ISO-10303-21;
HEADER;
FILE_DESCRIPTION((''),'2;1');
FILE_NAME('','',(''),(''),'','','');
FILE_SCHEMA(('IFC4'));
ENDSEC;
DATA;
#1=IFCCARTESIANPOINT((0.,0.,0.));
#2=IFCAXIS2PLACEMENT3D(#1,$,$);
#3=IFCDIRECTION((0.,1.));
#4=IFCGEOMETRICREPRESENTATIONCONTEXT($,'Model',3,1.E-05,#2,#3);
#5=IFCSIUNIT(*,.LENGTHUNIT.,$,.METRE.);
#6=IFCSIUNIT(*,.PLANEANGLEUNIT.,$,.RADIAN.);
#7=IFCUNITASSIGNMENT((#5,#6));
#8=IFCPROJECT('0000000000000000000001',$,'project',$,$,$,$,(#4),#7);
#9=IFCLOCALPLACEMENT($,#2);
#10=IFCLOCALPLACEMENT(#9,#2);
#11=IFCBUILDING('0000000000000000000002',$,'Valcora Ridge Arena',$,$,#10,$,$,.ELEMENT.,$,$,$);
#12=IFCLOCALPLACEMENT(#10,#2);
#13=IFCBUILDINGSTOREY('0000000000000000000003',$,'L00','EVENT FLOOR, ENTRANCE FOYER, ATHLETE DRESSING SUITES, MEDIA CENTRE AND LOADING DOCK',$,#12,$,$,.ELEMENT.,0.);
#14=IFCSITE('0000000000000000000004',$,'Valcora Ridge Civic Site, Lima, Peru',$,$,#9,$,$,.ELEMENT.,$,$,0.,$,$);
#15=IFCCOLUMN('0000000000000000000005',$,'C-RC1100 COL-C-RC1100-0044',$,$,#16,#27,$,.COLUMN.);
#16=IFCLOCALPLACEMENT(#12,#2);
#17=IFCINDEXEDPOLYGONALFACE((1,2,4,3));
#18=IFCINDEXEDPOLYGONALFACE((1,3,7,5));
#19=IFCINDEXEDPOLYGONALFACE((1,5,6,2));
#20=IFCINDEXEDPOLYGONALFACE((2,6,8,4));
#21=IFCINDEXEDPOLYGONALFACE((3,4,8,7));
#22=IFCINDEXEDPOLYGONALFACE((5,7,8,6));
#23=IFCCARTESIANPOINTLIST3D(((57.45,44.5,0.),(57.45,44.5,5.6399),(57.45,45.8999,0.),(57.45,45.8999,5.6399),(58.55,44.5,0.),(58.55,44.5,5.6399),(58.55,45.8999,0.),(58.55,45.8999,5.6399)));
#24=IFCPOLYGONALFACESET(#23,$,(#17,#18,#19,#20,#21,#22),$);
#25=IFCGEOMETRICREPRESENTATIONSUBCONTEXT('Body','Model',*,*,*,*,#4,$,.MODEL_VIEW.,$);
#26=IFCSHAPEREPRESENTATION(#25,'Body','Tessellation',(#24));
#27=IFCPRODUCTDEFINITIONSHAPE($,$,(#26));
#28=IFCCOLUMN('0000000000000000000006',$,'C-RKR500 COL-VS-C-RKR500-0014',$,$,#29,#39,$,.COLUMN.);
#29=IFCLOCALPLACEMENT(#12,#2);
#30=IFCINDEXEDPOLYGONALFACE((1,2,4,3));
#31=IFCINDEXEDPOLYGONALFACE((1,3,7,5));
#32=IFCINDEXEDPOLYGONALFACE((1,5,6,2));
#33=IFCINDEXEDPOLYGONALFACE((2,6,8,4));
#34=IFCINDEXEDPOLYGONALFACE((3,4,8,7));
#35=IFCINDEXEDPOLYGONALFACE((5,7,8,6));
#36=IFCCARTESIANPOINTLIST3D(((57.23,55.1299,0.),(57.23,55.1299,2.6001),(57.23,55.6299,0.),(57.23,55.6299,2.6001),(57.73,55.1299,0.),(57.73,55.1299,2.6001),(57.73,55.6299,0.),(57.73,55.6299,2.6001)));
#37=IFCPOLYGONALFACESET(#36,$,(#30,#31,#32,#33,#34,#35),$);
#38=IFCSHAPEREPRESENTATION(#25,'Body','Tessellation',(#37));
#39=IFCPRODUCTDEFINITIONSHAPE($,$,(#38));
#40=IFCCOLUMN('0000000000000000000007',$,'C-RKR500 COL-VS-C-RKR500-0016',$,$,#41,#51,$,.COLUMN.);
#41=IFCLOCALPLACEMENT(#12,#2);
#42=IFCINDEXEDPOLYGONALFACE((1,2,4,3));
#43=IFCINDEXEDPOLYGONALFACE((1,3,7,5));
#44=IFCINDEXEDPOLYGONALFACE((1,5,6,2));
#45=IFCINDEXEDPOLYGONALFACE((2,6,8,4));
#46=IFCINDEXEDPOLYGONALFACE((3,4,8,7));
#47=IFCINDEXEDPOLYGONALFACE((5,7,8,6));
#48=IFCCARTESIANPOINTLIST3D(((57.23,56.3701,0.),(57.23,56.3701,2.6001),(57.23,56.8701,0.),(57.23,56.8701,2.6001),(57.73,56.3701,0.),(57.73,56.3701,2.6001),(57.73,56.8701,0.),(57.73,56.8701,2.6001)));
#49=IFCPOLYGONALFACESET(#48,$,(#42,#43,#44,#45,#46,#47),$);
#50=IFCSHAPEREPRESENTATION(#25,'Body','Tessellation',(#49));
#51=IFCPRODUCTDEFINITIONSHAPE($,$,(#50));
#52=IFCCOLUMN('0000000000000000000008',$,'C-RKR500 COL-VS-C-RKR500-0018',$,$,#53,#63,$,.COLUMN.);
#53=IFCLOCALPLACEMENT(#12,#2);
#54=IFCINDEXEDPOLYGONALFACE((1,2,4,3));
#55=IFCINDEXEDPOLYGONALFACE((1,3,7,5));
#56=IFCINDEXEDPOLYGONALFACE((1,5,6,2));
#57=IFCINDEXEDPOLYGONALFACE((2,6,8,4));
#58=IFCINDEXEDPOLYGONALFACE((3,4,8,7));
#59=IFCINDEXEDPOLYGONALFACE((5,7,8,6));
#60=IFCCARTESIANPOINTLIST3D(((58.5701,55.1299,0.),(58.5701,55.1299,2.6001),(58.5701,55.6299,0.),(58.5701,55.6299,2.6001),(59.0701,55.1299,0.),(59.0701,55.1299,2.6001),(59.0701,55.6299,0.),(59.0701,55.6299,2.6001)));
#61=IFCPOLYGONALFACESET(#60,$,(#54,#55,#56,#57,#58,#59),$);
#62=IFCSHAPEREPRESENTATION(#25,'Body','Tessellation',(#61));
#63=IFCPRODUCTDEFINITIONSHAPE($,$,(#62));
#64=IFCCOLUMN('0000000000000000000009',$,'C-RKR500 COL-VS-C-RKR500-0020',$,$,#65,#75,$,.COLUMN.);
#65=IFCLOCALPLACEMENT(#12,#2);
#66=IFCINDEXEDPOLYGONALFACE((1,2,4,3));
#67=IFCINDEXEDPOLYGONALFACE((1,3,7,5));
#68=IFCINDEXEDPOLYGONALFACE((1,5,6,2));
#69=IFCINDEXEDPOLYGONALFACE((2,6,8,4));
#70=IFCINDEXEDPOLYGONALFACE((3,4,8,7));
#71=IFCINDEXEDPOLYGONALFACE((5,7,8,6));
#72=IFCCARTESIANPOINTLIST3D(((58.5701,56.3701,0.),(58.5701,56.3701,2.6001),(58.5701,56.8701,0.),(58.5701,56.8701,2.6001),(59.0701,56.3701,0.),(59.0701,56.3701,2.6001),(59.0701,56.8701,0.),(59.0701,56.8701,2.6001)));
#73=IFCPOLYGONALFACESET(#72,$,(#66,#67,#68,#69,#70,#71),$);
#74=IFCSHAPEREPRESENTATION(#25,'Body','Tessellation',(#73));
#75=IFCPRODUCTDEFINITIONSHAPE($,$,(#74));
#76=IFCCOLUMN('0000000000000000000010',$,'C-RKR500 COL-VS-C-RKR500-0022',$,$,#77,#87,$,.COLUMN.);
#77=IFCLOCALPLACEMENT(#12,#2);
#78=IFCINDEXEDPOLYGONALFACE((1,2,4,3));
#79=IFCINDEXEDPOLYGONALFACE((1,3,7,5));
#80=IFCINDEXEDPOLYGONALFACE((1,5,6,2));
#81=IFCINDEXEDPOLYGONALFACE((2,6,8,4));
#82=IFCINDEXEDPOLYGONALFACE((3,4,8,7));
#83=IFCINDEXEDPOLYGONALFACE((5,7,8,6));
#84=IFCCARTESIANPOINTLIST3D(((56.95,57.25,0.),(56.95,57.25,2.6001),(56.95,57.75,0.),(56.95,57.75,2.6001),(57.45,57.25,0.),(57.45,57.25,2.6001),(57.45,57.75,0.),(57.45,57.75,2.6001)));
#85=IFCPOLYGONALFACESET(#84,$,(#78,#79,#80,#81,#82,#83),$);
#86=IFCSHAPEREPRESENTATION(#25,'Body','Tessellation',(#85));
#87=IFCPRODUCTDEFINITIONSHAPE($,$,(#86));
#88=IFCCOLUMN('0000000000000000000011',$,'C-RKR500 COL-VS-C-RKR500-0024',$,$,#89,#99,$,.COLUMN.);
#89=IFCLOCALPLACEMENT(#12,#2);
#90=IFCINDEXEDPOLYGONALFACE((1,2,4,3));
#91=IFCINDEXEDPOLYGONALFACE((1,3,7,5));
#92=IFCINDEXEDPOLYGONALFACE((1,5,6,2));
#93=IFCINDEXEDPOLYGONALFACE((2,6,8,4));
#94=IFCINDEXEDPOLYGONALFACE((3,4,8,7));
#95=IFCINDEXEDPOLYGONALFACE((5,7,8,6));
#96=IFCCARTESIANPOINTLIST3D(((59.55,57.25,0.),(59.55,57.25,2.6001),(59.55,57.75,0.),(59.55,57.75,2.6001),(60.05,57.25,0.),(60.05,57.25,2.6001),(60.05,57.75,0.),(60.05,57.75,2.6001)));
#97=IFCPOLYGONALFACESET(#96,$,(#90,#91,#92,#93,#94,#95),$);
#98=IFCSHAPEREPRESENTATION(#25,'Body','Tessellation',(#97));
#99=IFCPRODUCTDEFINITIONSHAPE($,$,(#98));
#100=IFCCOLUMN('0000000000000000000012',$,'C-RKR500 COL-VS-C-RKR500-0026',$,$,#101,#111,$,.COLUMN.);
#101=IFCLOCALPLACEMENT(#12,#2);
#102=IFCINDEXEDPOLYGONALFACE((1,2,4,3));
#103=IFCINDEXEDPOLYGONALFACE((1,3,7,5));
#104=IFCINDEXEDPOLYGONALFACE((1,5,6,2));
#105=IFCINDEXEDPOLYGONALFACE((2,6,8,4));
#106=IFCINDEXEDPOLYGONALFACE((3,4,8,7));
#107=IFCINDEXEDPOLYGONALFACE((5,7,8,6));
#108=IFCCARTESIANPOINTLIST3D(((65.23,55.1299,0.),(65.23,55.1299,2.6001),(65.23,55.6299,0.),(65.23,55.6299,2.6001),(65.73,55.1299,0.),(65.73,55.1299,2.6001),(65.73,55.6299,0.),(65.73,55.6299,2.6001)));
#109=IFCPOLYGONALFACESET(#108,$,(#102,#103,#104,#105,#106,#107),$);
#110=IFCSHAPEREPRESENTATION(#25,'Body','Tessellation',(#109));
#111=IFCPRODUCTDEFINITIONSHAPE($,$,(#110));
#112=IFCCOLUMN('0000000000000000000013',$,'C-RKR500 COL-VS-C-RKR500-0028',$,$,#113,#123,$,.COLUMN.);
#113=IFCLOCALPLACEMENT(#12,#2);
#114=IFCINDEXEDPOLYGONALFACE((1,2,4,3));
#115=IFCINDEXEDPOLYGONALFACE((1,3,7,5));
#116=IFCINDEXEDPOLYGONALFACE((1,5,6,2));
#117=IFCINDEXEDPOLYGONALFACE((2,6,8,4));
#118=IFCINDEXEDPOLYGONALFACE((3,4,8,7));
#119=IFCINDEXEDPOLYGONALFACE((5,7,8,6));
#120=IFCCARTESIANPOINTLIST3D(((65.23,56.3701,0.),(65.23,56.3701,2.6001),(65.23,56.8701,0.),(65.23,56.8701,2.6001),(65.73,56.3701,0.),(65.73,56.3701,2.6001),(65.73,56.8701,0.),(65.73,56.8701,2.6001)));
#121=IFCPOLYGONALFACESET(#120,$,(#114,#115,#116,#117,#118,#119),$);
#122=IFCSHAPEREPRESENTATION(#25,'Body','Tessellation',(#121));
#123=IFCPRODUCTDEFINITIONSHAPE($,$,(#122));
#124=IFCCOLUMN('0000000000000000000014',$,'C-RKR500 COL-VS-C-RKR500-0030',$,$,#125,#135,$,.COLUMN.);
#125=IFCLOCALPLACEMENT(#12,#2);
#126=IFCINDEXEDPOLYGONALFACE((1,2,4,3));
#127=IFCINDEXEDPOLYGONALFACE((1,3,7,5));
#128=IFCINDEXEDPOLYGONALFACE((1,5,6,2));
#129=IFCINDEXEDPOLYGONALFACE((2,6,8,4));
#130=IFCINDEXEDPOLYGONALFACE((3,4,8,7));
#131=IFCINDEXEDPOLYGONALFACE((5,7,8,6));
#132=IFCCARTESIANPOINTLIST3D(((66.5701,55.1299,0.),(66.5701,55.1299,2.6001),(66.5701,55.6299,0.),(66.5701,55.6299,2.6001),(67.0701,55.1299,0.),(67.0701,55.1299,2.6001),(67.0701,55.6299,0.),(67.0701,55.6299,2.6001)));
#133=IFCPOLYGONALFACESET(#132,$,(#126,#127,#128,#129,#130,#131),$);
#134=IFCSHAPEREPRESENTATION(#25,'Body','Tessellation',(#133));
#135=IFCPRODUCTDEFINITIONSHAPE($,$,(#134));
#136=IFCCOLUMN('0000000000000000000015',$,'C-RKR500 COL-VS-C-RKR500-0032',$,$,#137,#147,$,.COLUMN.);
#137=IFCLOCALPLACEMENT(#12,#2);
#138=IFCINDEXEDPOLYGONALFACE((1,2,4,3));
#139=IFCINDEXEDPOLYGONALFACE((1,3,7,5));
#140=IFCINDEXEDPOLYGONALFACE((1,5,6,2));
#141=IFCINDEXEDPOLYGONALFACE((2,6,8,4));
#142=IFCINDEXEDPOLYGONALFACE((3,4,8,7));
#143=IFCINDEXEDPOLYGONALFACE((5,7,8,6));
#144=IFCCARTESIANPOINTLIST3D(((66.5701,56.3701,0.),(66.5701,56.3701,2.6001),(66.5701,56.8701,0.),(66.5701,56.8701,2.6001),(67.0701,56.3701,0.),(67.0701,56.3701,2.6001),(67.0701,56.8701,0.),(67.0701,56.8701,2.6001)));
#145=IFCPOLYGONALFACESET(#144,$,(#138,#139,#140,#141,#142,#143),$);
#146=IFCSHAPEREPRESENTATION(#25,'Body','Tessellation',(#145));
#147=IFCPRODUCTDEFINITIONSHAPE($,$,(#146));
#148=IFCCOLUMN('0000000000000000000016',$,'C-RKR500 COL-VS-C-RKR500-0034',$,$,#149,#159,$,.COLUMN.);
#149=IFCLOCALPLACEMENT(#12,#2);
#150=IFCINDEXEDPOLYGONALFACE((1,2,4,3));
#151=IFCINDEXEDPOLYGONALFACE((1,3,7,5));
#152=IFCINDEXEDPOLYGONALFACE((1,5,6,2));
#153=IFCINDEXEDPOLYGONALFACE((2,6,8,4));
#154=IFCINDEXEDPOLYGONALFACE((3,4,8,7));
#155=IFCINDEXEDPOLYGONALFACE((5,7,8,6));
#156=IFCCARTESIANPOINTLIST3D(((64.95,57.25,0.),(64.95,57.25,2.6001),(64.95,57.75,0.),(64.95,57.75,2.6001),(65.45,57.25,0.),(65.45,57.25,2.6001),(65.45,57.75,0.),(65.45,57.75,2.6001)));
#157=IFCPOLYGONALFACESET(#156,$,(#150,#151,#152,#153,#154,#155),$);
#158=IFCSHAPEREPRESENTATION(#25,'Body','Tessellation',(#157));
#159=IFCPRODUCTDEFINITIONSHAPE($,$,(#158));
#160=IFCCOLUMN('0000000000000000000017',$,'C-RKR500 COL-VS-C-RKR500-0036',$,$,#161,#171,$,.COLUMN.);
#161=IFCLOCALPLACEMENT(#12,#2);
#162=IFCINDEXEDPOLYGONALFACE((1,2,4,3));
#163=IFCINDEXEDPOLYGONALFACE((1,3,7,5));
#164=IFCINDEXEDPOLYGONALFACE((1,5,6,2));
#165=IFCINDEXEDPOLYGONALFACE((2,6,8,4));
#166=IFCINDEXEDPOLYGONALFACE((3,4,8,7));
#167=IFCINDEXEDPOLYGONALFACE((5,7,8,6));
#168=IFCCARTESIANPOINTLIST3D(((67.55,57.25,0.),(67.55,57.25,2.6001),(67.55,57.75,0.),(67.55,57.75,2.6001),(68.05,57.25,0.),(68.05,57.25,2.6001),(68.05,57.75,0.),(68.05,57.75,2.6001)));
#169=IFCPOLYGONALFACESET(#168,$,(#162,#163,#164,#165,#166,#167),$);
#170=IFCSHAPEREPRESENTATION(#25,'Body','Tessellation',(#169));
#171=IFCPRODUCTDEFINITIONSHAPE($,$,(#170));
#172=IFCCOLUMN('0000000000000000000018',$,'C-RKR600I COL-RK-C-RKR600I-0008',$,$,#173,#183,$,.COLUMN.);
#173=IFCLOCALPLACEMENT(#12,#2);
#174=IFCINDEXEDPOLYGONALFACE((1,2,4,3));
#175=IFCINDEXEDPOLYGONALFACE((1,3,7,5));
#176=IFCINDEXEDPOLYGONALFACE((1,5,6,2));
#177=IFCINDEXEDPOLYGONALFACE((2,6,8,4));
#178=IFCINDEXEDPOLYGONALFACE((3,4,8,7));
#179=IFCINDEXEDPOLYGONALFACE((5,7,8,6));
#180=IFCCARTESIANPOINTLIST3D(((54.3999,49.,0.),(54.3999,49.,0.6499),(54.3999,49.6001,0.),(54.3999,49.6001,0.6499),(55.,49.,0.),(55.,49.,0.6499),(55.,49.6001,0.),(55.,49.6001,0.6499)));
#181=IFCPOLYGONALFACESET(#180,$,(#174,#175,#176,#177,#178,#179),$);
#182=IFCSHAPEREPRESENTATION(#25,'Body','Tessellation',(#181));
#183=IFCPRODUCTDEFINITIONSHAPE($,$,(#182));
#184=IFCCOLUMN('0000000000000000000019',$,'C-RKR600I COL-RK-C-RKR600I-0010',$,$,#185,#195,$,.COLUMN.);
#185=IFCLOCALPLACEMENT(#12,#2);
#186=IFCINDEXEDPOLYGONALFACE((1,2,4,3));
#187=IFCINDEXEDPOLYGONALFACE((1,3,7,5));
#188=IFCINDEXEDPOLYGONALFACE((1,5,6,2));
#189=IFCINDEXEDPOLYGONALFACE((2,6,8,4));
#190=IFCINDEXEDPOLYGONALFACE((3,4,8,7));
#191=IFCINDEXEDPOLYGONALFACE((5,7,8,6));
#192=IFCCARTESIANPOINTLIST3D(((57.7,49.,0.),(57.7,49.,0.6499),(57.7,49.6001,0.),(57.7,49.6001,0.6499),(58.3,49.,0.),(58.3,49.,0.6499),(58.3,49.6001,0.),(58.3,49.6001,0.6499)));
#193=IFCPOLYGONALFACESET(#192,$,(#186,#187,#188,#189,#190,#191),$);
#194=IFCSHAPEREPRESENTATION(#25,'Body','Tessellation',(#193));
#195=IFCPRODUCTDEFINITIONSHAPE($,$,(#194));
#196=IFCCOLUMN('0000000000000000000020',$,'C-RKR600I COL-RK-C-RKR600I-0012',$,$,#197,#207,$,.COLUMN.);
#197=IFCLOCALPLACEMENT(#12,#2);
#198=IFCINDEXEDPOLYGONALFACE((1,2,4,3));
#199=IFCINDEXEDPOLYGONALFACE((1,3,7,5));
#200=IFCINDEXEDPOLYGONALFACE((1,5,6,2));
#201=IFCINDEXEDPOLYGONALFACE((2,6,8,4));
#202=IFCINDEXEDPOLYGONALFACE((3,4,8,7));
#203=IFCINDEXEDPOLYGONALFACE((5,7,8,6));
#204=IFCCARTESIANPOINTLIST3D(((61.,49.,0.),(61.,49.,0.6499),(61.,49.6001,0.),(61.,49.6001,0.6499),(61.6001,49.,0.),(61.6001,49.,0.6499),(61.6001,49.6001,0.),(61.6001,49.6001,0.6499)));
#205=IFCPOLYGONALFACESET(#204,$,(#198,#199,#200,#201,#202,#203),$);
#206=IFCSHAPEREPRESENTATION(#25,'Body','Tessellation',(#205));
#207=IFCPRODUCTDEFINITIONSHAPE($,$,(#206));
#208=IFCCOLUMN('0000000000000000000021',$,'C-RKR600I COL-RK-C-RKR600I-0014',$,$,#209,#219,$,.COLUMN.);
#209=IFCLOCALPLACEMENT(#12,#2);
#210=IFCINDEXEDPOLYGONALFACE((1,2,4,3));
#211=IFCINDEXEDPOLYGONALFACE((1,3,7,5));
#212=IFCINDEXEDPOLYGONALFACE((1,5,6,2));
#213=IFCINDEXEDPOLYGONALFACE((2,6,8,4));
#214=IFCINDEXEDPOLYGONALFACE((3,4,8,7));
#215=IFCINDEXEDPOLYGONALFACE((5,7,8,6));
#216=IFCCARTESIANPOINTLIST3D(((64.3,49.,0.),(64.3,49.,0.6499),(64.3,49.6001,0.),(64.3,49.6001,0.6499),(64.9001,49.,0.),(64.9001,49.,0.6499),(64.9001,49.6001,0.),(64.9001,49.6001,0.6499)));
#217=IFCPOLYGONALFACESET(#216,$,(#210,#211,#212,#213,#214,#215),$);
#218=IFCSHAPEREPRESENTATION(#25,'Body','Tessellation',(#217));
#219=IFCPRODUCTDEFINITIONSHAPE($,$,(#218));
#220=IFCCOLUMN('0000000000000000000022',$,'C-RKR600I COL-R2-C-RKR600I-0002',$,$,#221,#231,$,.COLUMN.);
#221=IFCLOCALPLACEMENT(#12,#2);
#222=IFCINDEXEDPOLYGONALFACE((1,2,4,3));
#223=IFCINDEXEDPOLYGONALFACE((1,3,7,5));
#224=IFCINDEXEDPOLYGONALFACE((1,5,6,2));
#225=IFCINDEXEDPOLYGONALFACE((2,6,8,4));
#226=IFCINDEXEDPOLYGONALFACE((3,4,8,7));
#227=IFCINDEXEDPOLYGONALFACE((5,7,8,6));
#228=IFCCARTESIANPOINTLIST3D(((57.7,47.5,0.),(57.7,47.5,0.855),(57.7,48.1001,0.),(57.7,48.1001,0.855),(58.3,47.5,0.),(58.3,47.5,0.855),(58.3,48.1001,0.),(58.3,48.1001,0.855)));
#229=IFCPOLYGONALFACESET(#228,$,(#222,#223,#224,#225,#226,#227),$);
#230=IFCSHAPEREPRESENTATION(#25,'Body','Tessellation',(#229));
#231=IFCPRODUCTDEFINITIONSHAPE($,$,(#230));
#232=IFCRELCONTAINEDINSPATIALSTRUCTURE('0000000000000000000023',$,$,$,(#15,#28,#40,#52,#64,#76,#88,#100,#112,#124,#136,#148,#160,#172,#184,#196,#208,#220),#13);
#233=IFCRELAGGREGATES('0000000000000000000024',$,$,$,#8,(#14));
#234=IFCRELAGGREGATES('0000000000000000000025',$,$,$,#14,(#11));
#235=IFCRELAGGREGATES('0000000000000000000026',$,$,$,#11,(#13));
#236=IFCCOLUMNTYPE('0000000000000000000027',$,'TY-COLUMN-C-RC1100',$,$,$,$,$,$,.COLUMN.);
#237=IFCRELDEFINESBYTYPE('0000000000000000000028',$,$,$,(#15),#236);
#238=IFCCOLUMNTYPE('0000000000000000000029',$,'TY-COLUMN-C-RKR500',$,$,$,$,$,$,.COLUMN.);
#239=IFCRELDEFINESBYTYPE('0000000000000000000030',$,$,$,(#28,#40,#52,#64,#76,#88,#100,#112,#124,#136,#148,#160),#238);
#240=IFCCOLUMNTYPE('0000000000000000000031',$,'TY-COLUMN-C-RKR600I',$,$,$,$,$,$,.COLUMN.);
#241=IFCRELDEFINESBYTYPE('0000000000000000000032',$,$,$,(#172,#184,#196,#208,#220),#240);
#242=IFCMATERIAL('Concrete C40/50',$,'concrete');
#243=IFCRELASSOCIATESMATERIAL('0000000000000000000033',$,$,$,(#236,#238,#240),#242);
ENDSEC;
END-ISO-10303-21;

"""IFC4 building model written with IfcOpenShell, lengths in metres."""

from ifc_helpers import new_model, si_unit, direction, frame, origin, origin_2d, place, context, subcontext, project, spatial, rectangle, extrude, material, material_profile, profile_set, type_object, element, save


model = new_model("IFC4")

# Units and contexts
model_context = context("Model", 3, precision=1e-05, world=origin(), true_north=direction((0.0, 1.0)))
body_context = subcontext(model_context, "Body", "Model", "MODEL_VIEW")
ifc_project = project(units=[si_unit("LENGTHUNIT", "METRE"), si_unit("PLANEANGLEUNIT", "RADIAN")], contexts=[model_context])

# Site, building, storey
site_placement = place(None, origin())
site = spatial("IfcSite", under=ifc_project, at=site_placement, Name="Valcora Ridge Civic Site, Lima, Peru", CompositionType="ELEMENT", RefElevation=0.0)
building_placement = place(site_placement, origin())
building = spatial("IfcBuilding", under=site, at=building_placement, Name="Valcora Ridge Arena", CompositionType="ELEMENT")
storey_placement = place(building_placement, origin())
storey = spatial("IfcBuildingStorey", under=building, at=storey_placement, Name="L00", Description="EVENT FLOOR, ENTRANCE FOYER, ATHLETE DRESSING SUITES, MEDIA CENTRE AND LOADING DOCK", CompositionType="ELEMENT", Elevation=0.0)

# Columns
ifc_material_1 = material(Name="Concrete C40/50", Category="concrete")
ifc_material_profile_1 = material_profile(ifc_material_1, rectangle(XDim=1.1001, YDim=1.3999, at=origin_2d()), Name="RC 1100x1400")
ifc_profile_set_1 = profile_set([ifc_material_profile_1], Name="Concrete C40/50")
column_type_1 = type_object("IfcColumnType", Name="TY-COLUMN-C-RC1100", PredefinedType="COLUMN", material=ifc_profile_set_1)
column_1_placement = place(storey_placement, frame((58.0, 45.2, 0.0), z_axis=(0.0, 0.0, 1.0), x_axis=(1.0, 0.0, 0.0)))
element("IfcColumn", 1, at=column_1_placement, inside=storey, type_object=column_type_1, Name="C-RC1100 COL-C-RC1100-0044", PredefinedType="COLUMN", context=body_context, shape_type="SweptSolid", body=[
    extrude(rectangle(XDim=1.1001, YDim=1.3999, at=origin_2d()), origin(), (0.0, 0.0, 1.0), 5.6399),
])
ifc_material_profile_2 = material_profile(ifc_material_1, rectangle(XDim=0.5, YDim=0.5, at=origin_2d()), Name="RC 500x500")
ifc_profile_set_2 = profile_set([ifc_material_profile_2], Name="Concrete C40/50")
column_type_2 = type_object("IfcColumnType", Name="TY-COLUMN-C-RKR500", PredefinedType="COLUMN", material=ifc_profile_set_2)
for number, where, z_axis, x_axis, name in (
    (2, (57.48, 55.3799, 0.0), (0.0, 0.0, 1.0), (1.0, 0.0, 0.0), "C-RKR500 COL-VS-C-RKR500-0014"),
    (3, (57.48, 56.6201, 0.0), (0.0, 0.0, 1.0), (1.0, 0.0, 0.0), "C-RKR500 COL-VS-C-RKR500-0016"),
    (4, (58.8201, 55.3799, 0.0), (0.0, 0.0, 1.0), (1.0, 0.0, 0.0), "C-RKR500 COL-VS-C-RKR500-0018"),
    (5, (58.8201, 56.6201, 0.0), (0.0, 0.0, 1.0), (1.0, 0.0, 0.0), "C-RKR500 COL-VS-C-RKR500-0020"),
    (6, (57.2, 57.5, 0.0), (0.0, 0.0, 1.0), (1.0, 0.0, 0.0), "C-RKR500 COL-VS-C-RKR500-0022"),
    (7, (59.8, 57.5, 0.0), (0.0, 0.0, 1.0), (1.0, 0.0, 0.0), "C-RKR500 COL-VS-C-RKR500-0024"),
    (8, (65.48, 55.3799, 0.0), (0.0, 0.0, 1.0), (1.0, 0.0, 0.0), "C-RKR500 COL-VS-C-RKR500-0026"),
    (9, (65.48, 56.6201, 0.0), (0.0, 0.0, 1.0), (1.0, 0.0, 0.0), "C-RKR500 COL-VS-C-RKR500-0028"),
    (10, (66.8201, 55.3799, 0.0), (0.0, 0.0, 1.0), (1.0, 0.0, 0.0), "C-RKR500 COL-VS-C-RKR500-0030"),
    (11, (66.8201, 56.6201, 0.0), (0.0, 0.0, 1.0), (1.0, 0.0, 0.0), "C-RKR500 COL-VS-C-RKR500-0032"),
    (12, (65.2, 57.5, 0.0), (0.0, 0.0, 1.0), (1.0, 0.0, 0.0), "C-RKR500 COL-VS-C-RKR500-0034"),
    (13, (67.8, 57.5, 0.0), (0.0, 0.0, 1.0), (1.0, 0.0, 0.0), "C-RKR500 COL-VS-C-RKR500-0036"),
):
    element("IfcColumn", number, at=place(storey_placement, frame(where, z_axis=z_axis, x_axis=x_axis)), inside=storey, type_object=column_type_2, Name=name, PredefinedType="COLUMN", context=body_context, shape_type="SweptSolid", body=[
        extrude(rectangle(XDim=0.5, YDim=0.5, at=origin_2d()), origin(), (0.0, 0.0, 1.0), 2.6001),
    ])
ifc_material_profile_3 = material_profile(ifc_material_1, rectangle(XDim=0.6001, YDim=0.6001, at=origin_2d()), Name="RC 600x600")
ifc_profile_set_3 = profile_set([ifc_material_profile_3], Name="Concrete C40/50")
column_type_3 = type_object("IfcColumnType", Name="TY-COLUMN-C-RKR600I", PredefinedType="COLUMN", material=ifc_profile_set_3)
for number, where, z_axis, x_axis, name in (
    (14, (54.7, 49.3, 0.0), (0.0, 0.0, 1.0), (1.0, 0.0, 0.0), "C-RKR600I COL-RK-C-RKR600I-0008"),
    (15, (58.0, 49.3, 0.0), (0.0, 0.0, 1.0), (1.0, 0.0, 0.0), "C-RKR600I COL-RK-C-RKR600I-0010"),
    (16, (61.3, 49.3, 0.0), (0.0, 0.0, 1.0), (1.0, 0.0, 0.0), "C-RKR600I COL-RK-C-RKR600I-0012"),
    (17, (64.6001, 49.3, 0.0), (0.0, 0.0, 1.0), (1.0, 0.0, 0.0), "C-RKR600I COL-RK-C-RKR600I-0014"),
):
    element("IfcColumn", number, at=place(storey_placement, frame(where, z_axis=z_axis, x_axis=x_axis)), inside=storey, type_object=column_type_3, Name=name, PredefinedType="COLUMN", context=body_context, shape_type="SweptSolid", body=[
        extrude(rectangle(XDim=0.6001, YDim=0.6001, at=origin_2d()), origin(), (0.0, 0.0, 1.0), 0.6499),
    ])
column_2_placement = place(storey_placement, frame((58.0, 47.8, 0.0), z_axis=(0.0, 0.0, 1.0), x_axis=(1.0, 0.0, 0.0)))
element("IfcColumn", 18, at=column_2_placement, inside=storey, type_object=column_type_3, Name="C-RKR600I COL-R2-C-RKR600I-0002", PredefinedType="COLUMN", context=body_context, shape_type="SweptSolid", body=[
    extrude(rectangle(XDim=0.6001, YDim=0.6001, at=origin_2d()), origin(), (0.0, 0.0, 1.0), 0.855),
])

save(model, "model.ifc")
